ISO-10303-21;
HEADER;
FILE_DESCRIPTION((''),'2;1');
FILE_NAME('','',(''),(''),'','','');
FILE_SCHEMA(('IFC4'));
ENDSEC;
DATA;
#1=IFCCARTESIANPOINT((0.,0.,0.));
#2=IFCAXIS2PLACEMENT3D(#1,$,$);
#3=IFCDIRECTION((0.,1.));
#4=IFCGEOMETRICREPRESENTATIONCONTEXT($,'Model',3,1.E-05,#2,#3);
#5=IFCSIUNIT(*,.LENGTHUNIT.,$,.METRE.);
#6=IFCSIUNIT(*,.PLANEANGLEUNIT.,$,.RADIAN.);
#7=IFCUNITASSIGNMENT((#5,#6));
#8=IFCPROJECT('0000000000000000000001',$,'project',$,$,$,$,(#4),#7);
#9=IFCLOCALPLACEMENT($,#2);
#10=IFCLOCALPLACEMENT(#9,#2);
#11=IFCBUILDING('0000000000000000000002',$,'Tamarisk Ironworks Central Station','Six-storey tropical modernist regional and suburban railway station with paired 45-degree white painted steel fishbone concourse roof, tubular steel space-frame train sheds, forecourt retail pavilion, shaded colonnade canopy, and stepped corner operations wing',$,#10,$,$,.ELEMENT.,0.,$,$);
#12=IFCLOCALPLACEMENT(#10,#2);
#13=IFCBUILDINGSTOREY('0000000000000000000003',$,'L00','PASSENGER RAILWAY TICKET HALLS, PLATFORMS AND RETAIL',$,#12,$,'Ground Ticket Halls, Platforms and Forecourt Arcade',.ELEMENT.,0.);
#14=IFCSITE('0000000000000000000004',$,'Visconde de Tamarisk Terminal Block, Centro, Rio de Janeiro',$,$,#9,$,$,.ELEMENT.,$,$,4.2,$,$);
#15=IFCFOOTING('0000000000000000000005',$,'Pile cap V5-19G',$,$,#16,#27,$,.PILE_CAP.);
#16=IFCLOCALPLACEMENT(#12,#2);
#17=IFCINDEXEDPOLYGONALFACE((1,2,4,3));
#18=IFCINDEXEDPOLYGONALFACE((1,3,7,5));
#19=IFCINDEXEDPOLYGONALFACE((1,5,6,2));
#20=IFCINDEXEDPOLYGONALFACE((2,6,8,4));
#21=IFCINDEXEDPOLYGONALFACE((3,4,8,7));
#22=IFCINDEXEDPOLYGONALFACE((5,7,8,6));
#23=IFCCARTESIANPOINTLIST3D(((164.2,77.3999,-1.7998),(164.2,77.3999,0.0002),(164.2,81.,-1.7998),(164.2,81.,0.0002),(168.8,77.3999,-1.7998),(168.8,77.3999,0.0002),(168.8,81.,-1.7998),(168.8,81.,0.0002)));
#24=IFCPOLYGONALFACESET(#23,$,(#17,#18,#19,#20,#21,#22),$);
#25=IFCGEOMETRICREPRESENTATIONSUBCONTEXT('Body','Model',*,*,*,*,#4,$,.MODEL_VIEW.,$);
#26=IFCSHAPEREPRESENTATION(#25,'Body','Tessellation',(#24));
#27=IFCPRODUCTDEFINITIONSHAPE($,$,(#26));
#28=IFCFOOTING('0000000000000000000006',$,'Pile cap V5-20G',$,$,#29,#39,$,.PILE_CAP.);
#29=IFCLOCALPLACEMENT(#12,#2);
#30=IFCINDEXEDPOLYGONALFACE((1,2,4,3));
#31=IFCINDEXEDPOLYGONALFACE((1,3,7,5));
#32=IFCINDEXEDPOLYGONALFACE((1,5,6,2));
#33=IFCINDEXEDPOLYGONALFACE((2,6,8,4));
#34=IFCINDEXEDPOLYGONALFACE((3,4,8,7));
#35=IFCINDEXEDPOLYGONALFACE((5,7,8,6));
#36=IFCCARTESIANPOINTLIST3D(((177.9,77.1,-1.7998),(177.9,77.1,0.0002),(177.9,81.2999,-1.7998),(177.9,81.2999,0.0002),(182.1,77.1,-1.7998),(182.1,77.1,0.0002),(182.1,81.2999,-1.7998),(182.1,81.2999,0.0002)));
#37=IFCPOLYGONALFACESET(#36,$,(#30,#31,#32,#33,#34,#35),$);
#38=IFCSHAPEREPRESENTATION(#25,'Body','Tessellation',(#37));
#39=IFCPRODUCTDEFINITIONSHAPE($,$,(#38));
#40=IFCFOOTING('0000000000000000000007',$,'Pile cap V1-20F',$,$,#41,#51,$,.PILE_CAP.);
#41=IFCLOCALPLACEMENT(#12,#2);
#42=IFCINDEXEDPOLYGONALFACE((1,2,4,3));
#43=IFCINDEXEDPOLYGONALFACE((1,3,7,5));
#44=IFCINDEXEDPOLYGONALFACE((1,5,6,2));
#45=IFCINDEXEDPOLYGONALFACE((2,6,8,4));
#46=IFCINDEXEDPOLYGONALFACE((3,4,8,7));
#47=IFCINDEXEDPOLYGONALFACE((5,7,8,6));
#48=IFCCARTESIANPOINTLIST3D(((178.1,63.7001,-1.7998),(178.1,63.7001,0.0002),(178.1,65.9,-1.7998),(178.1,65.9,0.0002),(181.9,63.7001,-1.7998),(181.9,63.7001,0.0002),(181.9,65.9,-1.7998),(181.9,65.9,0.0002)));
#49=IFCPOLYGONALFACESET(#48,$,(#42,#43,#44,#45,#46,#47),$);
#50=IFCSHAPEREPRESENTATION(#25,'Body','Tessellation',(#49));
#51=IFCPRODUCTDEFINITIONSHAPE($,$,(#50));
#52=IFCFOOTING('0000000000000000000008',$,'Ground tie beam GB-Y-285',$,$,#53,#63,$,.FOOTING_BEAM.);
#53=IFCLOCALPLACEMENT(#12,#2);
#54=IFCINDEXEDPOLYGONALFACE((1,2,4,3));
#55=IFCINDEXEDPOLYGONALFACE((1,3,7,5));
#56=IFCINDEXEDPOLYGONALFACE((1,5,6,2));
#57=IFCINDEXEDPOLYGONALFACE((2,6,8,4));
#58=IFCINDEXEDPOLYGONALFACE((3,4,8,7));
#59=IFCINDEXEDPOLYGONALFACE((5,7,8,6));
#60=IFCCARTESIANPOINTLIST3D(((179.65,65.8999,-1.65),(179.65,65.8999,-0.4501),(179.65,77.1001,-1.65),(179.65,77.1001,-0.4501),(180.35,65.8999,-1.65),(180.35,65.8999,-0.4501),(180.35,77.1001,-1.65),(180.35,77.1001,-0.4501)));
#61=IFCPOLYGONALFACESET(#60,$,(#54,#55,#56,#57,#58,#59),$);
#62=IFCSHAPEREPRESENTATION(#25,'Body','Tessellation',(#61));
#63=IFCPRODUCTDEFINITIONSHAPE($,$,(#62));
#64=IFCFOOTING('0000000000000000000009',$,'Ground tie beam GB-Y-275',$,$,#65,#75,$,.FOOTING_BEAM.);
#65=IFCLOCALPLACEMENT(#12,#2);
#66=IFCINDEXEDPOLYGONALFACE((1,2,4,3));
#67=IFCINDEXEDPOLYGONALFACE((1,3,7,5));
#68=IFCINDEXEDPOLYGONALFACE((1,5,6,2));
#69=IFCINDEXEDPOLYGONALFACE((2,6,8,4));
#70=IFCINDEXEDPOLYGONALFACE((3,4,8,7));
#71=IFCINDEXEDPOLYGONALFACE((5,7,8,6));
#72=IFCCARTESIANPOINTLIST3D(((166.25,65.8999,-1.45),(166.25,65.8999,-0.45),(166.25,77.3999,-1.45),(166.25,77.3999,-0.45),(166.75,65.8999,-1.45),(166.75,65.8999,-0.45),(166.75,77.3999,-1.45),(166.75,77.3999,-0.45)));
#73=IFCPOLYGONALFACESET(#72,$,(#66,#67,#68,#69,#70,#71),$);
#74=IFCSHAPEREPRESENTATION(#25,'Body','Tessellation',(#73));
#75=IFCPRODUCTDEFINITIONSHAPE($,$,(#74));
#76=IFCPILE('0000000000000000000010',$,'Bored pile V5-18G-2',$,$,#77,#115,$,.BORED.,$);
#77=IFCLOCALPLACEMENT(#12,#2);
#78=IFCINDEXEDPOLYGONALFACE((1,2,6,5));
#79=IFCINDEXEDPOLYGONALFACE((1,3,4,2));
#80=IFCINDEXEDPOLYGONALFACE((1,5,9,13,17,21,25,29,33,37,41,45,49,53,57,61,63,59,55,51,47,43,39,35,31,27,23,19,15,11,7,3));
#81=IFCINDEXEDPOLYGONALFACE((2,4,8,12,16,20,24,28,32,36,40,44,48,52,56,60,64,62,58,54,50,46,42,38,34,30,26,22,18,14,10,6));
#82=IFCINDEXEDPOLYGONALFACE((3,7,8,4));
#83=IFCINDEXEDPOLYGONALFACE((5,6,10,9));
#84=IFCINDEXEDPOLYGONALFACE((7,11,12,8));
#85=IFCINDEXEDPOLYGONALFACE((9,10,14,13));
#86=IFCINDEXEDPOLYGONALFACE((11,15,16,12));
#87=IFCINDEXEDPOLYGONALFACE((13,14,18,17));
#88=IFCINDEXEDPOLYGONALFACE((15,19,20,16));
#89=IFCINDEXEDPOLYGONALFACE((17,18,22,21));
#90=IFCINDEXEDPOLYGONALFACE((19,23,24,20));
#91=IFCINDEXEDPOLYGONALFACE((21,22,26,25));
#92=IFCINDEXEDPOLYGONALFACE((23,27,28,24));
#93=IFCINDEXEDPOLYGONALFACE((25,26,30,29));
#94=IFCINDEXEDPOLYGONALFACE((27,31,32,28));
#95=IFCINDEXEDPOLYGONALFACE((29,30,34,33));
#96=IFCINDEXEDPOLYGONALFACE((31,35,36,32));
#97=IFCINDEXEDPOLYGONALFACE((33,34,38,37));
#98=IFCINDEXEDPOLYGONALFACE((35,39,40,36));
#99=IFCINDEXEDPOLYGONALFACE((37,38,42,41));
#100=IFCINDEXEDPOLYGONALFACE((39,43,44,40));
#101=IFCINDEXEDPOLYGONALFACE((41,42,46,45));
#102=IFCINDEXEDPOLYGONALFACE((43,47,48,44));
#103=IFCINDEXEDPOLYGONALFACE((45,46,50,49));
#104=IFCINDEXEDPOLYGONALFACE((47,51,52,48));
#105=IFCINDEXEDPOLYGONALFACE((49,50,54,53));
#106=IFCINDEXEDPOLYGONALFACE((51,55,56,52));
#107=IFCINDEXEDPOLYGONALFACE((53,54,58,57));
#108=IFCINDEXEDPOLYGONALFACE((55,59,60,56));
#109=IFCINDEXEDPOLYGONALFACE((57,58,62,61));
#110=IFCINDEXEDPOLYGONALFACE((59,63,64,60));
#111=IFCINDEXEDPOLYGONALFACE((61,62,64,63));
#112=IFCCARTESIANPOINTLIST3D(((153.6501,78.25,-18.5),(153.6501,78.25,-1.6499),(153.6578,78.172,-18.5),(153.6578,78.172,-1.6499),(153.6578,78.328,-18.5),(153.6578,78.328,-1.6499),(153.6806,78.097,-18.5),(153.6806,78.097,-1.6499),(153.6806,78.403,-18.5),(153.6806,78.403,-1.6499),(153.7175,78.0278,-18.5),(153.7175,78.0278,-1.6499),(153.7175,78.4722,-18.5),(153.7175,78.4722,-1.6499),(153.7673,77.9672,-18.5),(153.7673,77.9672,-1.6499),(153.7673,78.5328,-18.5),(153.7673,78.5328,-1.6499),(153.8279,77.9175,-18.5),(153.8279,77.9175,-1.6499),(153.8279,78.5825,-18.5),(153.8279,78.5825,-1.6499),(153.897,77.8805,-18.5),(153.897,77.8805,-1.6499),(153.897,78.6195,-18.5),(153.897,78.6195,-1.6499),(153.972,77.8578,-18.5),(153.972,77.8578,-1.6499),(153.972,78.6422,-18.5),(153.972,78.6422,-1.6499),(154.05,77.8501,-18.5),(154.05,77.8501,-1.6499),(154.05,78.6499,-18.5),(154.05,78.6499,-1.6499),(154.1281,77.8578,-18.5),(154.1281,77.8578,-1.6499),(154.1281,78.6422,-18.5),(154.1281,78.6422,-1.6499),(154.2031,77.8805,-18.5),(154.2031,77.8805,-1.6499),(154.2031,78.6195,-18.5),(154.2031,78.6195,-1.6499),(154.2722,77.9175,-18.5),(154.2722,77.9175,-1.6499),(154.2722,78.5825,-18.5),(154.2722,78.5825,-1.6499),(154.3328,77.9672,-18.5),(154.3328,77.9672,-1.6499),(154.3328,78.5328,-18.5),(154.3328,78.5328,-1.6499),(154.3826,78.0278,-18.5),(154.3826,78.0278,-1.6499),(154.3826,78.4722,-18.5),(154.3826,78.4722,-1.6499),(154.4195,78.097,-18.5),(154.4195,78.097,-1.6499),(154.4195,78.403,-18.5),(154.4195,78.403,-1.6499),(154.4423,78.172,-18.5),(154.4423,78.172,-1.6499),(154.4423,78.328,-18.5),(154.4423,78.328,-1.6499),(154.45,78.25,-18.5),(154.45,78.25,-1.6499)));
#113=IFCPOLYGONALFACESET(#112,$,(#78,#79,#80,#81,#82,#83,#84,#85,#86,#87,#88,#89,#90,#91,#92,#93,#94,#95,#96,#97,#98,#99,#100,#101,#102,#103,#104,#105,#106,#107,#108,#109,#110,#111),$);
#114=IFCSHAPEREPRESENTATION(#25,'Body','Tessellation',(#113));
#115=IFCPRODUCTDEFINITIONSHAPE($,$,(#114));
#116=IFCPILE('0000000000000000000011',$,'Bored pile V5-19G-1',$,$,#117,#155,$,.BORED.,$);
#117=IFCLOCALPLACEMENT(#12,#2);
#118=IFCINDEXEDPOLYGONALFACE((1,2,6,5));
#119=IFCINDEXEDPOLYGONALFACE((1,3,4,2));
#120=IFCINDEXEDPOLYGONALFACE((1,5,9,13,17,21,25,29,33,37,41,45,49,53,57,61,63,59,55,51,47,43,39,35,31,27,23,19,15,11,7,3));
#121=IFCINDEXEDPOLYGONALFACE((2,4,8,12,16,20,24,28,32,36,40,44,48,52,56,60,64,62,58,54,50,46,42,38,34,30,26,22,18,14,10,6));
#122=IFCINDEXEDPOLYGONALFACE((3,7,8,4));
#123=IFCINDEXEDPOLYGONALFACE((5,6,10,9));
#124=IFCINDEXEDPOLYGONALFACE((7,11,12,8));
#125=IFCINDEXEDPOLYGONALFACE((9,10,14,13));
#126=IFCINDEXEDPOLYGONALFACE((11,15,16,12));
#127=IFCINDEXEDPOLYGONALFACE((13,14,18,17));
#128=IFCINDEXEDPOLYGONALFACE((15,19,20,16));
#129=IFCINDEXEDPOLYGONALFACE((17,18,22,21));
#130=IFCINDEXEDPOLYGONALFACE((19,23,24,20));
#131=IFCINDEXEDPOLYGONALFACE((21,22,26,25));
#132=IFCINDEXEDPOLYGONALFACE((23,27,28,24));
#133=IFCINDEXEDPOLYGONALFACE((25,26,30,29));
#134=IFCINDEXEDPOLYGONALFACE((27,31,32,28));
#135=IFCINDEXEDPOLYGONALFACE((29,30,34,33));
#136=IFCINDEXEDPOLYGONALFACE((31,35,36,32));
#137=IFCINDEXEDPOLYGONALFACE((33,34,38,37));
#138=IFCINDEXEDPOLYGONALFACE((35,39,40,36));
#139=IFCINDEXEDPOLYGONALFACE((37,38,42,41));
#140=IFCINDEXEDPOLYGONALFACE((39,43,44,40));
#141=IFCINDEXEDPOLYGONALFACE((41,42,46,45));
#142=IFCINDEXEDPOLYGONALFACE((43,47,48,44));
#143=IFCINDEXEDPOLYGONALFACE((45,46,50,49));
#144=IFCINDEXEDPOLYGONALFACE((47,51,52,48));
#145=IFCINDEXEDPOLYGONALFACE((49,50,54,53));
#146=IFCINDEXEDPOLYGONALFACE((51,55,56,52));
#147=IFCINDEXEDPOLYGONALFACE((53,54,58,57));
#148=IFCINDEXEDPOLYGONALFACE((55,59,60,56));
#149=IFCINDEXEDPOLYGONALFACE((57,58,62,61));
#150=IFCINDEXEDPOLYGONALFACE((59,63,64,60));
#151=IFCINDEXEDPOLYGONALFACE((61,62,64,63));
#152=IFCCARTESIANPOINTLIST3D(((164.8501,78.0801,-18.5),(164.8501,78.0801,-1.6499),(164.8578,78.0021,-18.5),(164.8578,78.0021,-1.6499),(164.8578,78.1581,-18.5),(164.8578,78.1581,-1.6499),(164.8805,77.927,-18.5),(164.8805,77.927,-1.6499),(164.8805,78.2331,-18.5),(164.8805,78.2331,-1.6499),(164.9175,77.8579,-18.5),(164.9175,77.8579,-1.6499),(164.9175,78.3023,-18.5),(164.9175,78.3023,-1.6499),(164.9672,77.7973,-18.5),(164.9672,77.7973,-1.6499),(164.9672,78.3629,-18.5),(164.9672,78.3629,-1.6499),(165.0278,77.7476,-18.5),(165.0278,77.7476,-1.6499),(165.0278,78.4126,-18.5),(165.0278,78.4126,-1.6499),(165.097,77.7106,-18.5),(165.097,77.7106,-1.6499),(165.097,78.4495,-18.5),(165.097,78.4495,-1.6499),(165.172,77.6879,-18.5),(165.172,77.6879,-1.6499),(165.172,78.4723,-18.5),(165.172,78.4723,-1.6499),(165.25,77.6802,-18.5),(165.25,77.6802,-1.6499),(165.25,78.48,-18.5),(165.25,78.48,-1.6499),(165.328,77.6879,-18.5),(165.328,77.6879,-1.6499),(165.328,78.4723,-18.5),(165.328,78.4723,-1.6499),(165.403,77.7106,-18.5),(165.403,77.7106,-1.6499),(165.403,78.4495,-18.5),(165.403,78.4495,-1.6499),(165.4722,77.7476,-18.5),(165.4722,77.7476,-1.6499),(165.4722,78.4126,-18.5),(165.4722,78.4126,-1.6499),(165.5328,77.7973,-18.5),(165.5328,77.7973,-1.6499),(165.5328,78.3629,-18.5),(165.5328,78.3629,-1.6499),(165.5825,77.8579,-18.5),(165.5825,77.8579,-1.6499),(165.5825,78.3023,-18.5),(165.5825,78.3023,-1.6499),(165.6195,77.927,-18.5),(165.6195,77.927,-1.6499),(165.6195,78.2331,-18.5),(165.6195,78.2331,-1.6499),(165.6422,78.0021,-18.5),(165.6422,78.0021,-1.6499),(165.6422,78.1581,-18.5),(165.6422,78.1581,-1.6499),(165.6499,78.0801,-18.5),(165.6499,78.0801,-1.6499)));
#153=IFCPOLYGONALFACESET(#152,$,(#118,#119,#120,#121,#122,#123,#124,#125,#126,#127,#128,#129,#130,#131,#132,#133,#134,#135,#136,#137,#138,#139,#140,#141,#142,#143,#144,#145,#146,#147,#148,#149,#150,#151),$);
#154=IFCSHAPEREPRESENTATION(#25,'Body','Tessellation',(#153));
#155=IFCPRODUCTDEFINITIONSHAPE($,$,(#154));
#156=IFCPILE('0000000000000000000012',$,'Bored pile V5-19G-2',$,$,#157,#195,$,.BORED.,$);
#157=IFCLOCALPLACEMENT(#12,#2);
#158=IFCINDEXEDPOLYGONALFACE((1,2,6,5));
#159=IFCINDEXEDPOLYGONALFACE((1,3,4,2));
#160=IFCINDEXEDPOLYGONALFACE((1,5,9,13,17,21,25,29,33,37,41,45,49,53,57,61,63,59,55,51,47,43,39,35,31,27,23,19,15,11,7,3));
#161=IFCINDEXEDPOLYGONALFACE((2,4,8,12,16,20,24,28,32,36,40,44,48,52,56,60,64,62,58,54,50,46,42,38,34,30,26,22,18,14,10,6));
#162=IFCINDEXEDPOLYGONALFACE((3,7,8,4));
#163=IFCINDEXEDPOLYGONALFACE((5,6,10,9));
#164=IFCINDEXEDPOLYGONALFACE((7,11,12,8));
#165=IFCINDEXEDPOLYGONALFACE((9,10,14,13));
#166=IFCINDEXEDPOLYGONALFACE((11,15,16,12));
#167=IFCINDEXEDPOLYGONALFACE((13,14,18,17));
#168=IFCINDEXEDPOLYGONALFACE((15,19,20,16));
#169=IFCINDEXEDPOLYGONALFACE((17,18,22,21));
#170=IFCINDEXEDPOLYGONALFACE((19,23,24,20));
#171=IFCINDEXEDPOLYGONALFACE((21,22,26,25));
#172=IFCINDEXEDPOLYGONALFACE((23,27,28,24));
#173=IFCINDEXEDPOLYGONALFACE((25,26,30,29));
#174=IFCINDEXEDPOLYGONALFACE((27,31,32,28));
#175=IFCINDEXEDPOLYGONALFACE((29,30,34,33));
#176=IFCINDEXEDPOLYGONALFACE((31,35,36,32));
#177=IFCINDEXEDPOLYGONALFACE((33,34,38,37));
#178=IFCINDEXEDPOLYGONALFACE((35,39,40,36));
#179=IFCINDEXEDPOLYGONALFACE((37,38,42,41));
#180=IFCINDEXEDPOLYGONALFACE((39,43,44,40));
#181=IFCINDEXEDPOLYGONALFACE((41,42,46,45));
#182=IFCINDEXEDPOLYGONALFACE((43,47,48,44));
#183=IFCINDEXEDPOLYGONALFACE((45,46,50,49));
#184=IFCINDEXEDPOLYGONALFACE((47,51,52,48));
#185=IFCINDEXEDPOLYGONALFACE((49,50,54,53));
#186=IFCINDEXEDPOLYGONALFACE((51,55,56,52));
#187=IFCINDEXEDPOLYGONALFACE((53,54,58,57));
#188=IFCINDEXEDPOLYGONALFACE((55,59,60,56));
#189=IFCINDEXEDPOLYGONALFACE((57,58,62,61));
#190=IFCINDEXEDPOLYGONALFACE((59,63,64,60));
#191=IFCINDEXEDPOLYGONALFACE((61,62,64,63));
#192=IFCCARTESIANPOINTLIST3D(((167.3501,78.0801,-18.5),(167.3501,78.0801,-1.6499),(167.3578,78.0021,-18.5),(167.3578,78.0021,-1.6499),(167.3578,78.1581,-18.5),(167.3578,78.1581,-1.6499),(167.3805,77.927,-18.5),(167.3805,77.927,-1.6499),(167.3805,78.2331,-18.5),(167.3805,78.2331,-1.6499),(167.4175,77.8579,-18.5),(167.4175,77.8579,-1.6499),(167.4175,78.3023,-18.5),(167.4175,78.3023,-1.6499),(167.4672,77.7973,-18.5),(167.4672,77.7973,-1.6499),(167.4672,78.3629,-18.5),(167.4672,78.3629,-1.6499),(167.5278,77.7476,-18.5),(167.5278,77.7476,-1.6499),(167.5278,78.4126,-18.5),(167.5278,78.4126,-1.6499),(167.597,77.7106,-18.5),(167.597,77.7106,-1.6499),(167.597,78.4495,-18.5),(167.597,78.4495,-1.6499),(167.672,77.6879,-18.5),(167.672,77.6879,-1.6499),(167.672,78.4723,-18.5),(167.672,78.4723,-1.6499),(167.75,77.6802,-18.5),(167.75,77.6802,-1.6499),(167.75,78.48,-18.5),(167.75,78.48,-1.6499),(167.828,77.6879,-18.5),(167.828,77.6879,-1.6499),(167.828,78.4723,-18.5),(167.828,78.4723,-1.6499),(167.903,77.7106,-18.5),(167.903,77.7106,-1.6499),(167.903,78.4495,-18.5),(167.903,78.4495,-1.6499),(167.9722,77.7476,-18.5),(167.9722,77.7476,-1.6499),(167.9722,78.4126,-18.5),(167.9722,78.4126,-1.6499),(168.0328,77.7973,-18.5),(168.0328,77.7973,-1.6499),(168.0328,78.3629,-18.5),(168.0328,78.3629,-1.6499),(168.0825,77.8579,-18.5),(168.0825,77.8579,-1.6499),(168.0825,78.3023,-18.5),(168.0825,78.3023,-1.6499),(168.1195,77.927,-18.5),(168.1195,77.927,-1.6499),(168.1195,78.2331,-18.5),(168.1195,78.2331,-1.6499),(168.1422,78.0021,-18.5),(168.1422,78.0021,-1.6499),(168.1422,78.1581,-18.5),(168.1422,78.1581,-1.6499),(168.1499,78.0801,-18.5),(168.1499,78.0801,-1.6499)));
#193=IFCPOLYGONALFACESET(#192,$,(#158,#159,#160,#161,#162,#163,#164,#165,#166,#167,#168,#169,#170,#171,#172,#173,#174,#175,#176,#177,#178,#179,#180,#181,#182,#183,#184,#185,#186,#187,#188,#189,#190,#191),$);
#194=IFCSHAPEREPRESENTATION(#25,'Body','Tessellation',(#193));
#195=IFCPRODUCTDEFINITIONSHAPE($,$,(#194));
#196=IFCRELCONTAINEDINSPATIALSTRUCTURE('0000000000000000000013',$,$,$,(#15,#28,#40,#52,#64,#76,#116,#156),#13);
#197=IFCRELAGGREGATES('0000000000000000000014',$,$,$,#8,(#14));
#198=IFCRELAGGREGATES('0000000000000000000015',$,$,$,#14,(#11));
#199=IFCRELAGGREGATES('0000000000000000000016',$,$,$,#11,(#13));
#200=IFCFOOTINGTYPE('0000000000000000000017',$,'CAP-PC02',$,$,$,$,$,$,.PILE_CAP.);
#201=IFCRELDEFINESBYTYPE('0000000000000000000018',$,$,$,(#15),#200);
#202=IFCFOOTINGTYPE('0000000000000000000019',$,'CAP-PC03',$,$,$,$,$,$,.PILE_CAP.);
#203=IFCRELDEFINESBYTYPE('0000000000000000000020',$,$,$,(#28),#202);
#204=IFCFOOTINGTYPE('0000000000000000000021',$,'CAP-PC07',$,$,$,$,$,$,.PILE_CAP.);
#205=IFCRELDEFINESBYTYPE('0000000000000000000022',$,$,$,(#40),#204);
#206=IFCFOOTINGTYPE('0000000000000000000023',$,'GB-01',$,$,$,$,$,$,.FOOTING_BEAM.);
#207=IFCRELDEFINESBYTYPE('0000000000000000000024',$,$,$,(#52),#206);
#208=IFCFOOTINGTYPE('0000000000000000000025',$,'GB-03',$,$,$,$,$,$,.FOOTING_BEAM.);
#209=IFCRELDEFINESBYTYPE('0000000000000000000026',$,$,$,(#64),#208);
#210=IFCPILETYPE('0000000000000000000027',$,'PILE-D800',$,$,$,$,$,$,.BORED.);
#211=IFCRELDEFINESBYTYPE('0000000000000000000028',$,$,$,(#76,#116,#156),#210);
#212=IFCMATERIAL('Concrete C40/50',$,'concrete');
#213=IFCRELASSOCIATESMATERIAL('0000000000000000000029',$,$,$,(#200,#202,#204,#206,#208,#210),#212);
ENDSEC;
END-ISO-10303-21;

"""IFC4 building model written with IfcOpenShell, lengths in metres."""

from ifc_helpers import new_model, si_unit, direction, frame, origin, origin_2d, place, context, subcontext, project, spatial, rectangle, circle, extrude, material, material_profile, profile_set, type_object, element, save


model = new_model("IFC4")

# Units and contexts
model_context = context("Model", 3, precision=1e-05, world=origin(), true_north=direction((0.0, 1.0)))
body_context = subcontext(model_context, "Body", "Model", "MODEL_VIEW")
ifc_project = project(units=[si_unit("LENGTHUNIT", "METRE"), si_unit("PLANEANGLEUNIT", "RADIAN")], contexts=[model_context])

# Site, building, storey
site_placement = place(None, origin())
site = spatial("IfcSite", under=ifc_project, at=site_placement, Name="Visconde de Tamarisk Terminal Block, Centro, Rio de Janeiro", CompositionType="ELEMENT", RefElevation=4.2)
building_placement = place(site_placement, origin())
building = spatial("IfcBuilding", under=site, at=building_placement, Name="Tamarisk Ironworks Central Station", Description="Six-storey tropical modernist regional and suburban railway station with paired 45-degree white painted steel fishbone concourse roof, tubular steel space-frame train sheds, forecourt retail pavilion, shaded colonnade canopy, and stepped corner operations wing", CompositionType="ELEMENT", ElevationOfRefHeight=0.0)
storey_placement = place(building_placement, origin())
storey = spatial("IfcBuildingStorey", under=building, at=storey_placement, Name="L00", Description="PASSENGER RAILWAY TICKET HALLS, PLATFORMS AND RETAIL", LongName="Ground Ticket Halls, Platforms and Forecourt Arcade", CompositionType="ELEMENT", Elevation=0.0)

# Footings
ifc_material_1 = material(Name="Concrete C40/50", Category="concrete")
footing_type_1 = type_object("IfcFootingType", Name="CAP-PC02", PredefinedType="PILE_CAP", material=ifc_material_1)
footing_1_placement = place(storey_placement, frame((166.5, 79.2, -1.7998), z_axis=(0.0, 0.0, 1.0), x_axis=(1.0, 0.0, 0.0)))
element("IfcFooting", 1, at=footing_1_placement, inside=storey, type_object=footing_type_1, Name="Pile cap V5-19G", PredefinedType="PILE_CAP", context=body_context, shape_type="SweptSolid", body=[
    extrude(rectangle(XDim=4.6001, YDim=3.6001, at=origin_2d()), origin(), (0.0, 0.0, 1.0), 1.8),
])
footing_type_2 = type_object("IfcFootingType", Name="CAP-PC03", PredefinedType="PILE_CAP", material=ifc_material_1)
footing_2_placement = place(storey_placement, frame((180.0, 79.2, -1.7998), z_axis=(0.0, 0.0, 1.0), x_axis=(1.0, 0.0, 0.0)))
element("IfcFooting", 2, at=footing_2_placement, inside=storey, type_object=footing_type_2, Name="Pile cap V5-20G", PredefinedType="PILE_CAP", context=body_context, shape_type="SweptSolid", body=[
    extrude(rectangle(XDim=4.2, YDim=4.2, at=origin_2d()), origin(), (0.0, 0.0, 1.0), 1.8),
])
footing_type_3 = type_object("IfcFootingType", Name="CAP-PC07", PredefinedType="PILE_CAP", material=ifc_material_1)
footing_3_placement = place(storey_placement, frame((180.0, 64.8, -1.7998), z_axis=(0.0, 0.0, 1.0), x_axis=(1.0, 0.0, 0.0)))
element("IfcFooting", 3, at=footing_3_placement, inside=storey, type_object=footing_type_3, Name="Pile cap V1-20F", PredefinedType="PILE_CAP", context=body_context, shape_type="SweptSolid", body=[
    extrude(rectangle(XDim=3.8, YDim=2.2, at=origin_2d()), origin(), (0.0, 0.0, 1.0), 1.8),
])
ifc_material_profile_1 = material_profile(ifc_material_1, rectangle(XDim=0.7, YDim=1.2, at=origin_2d()), Name="GB01 700x1200")
ifc_profile_set_1 = profile_set([ifc_material_profile_1], Name="Concrete C40/50")
footing_type_4 = type_object("IfcFootingType", Name="GB-01", PredefinedType="FOOTING_BEAM", material=ifc_profile_set_1)
footing_4_placement = place(storey_placement, frame((180.0, 65.8999, -1.05), z_axis=(0.0, 1.0, 0.0), x_axis=(-1.0, 0.0, 0.0)))
element("IfcFooting", 4, at=footing_4_placement, inside=storey, type_object=footing_type_4, Name="Ground tie beam GB-Y-285", PredefinedType="FOOTING_BEAM", context=body_context, shape_type="SweptSolid", body=[
    extrude(rectangle(XDim=0.7, YDim=1.2, at=origin_2d()), origin(), (0.0, 0.0, 1.0), 11.2002),
])
ifc_material_profile_2 = material_profile(ifc_material_1, rectangle(XDim=0.5, YDim=1.0, at=origin_2d()), Name="GB03 500x1000")
ifc_profile_set_2 = profile_set([ifc_material_profile_2], Name="Concrete C40/50")
footing_type_5 = type_object("IfcFootingType", Name="GB-03", PredefinedType="FOOTING_BEAM", material=ifc_profile_set_2)
footing_5_placement = place(storey_placement, frame((166.5, 65.8999, -0.95), z_axis=(0.0, 1.0, 0.0), x_axis=(-1.0, 0.0, 0.0)))
element("IfcFooting", 5, at=footing_5_placement, inside=storey, type_object=footing_type_5, Name="Ground tie beam GB-Y-275", PredefinedType="FOOTING_BEAM", context=body_context, shape_type="SweptSolid", body=[
    extrude(rectangle(XDim=0.5, YDim=1.0, at=origin_2d()), origin(), (0.0, 0.0, 1.0), 11.5),
])

# Piles
ifc_material_profile_3 = material_profile(ifc_material_1, circle(Radius=0.3999, at=origin_2d()), Name="BORED PILE D800")
ifc_profile_set_3 = profile_set([ifc_material_profile_3], Name="Concrete C40/50")
pile_type_1 = type_object("IfcPileType", Name="PILE-D800", PredefinedType="BORED", material=ifc_profile_set_3)
for number, where, z_axis, x_axis, name in (
    (6, (154.05, 78.25, -1.6499), (0.0, 0.0, -1.0), (1.0, 0.0, 0.0), "Bored pile V5-18G-2"),
    (7, (165.25, 78.0801, -1.6499), (0.0, 0.0, -1.0), (1.0, 0.0, 0.0), "Bored pile V5-19G-1"),
    (8, (167.75, 78.0801, -1.6499), (0.0, 0.0, -1.0), (1.0, 0.0, 0.0), "Bored pile V5-19G-2"),
):
    element("IfcPile", number, at=place(storey_placement, frame(where, z_axis=z_axis, x_axis=x_axis)), inside=storey, type_object=pile_type_1, Name=name, PredefinedType="BORED", context=body_context, shape_type="SweptSolid", body=[
        extrude(circle(Radius=0.3999, at=origin_2d()), origin(), (0.0, 0.0, 1.0), 16.8501),
    ])

save(model, "model.ifc")
